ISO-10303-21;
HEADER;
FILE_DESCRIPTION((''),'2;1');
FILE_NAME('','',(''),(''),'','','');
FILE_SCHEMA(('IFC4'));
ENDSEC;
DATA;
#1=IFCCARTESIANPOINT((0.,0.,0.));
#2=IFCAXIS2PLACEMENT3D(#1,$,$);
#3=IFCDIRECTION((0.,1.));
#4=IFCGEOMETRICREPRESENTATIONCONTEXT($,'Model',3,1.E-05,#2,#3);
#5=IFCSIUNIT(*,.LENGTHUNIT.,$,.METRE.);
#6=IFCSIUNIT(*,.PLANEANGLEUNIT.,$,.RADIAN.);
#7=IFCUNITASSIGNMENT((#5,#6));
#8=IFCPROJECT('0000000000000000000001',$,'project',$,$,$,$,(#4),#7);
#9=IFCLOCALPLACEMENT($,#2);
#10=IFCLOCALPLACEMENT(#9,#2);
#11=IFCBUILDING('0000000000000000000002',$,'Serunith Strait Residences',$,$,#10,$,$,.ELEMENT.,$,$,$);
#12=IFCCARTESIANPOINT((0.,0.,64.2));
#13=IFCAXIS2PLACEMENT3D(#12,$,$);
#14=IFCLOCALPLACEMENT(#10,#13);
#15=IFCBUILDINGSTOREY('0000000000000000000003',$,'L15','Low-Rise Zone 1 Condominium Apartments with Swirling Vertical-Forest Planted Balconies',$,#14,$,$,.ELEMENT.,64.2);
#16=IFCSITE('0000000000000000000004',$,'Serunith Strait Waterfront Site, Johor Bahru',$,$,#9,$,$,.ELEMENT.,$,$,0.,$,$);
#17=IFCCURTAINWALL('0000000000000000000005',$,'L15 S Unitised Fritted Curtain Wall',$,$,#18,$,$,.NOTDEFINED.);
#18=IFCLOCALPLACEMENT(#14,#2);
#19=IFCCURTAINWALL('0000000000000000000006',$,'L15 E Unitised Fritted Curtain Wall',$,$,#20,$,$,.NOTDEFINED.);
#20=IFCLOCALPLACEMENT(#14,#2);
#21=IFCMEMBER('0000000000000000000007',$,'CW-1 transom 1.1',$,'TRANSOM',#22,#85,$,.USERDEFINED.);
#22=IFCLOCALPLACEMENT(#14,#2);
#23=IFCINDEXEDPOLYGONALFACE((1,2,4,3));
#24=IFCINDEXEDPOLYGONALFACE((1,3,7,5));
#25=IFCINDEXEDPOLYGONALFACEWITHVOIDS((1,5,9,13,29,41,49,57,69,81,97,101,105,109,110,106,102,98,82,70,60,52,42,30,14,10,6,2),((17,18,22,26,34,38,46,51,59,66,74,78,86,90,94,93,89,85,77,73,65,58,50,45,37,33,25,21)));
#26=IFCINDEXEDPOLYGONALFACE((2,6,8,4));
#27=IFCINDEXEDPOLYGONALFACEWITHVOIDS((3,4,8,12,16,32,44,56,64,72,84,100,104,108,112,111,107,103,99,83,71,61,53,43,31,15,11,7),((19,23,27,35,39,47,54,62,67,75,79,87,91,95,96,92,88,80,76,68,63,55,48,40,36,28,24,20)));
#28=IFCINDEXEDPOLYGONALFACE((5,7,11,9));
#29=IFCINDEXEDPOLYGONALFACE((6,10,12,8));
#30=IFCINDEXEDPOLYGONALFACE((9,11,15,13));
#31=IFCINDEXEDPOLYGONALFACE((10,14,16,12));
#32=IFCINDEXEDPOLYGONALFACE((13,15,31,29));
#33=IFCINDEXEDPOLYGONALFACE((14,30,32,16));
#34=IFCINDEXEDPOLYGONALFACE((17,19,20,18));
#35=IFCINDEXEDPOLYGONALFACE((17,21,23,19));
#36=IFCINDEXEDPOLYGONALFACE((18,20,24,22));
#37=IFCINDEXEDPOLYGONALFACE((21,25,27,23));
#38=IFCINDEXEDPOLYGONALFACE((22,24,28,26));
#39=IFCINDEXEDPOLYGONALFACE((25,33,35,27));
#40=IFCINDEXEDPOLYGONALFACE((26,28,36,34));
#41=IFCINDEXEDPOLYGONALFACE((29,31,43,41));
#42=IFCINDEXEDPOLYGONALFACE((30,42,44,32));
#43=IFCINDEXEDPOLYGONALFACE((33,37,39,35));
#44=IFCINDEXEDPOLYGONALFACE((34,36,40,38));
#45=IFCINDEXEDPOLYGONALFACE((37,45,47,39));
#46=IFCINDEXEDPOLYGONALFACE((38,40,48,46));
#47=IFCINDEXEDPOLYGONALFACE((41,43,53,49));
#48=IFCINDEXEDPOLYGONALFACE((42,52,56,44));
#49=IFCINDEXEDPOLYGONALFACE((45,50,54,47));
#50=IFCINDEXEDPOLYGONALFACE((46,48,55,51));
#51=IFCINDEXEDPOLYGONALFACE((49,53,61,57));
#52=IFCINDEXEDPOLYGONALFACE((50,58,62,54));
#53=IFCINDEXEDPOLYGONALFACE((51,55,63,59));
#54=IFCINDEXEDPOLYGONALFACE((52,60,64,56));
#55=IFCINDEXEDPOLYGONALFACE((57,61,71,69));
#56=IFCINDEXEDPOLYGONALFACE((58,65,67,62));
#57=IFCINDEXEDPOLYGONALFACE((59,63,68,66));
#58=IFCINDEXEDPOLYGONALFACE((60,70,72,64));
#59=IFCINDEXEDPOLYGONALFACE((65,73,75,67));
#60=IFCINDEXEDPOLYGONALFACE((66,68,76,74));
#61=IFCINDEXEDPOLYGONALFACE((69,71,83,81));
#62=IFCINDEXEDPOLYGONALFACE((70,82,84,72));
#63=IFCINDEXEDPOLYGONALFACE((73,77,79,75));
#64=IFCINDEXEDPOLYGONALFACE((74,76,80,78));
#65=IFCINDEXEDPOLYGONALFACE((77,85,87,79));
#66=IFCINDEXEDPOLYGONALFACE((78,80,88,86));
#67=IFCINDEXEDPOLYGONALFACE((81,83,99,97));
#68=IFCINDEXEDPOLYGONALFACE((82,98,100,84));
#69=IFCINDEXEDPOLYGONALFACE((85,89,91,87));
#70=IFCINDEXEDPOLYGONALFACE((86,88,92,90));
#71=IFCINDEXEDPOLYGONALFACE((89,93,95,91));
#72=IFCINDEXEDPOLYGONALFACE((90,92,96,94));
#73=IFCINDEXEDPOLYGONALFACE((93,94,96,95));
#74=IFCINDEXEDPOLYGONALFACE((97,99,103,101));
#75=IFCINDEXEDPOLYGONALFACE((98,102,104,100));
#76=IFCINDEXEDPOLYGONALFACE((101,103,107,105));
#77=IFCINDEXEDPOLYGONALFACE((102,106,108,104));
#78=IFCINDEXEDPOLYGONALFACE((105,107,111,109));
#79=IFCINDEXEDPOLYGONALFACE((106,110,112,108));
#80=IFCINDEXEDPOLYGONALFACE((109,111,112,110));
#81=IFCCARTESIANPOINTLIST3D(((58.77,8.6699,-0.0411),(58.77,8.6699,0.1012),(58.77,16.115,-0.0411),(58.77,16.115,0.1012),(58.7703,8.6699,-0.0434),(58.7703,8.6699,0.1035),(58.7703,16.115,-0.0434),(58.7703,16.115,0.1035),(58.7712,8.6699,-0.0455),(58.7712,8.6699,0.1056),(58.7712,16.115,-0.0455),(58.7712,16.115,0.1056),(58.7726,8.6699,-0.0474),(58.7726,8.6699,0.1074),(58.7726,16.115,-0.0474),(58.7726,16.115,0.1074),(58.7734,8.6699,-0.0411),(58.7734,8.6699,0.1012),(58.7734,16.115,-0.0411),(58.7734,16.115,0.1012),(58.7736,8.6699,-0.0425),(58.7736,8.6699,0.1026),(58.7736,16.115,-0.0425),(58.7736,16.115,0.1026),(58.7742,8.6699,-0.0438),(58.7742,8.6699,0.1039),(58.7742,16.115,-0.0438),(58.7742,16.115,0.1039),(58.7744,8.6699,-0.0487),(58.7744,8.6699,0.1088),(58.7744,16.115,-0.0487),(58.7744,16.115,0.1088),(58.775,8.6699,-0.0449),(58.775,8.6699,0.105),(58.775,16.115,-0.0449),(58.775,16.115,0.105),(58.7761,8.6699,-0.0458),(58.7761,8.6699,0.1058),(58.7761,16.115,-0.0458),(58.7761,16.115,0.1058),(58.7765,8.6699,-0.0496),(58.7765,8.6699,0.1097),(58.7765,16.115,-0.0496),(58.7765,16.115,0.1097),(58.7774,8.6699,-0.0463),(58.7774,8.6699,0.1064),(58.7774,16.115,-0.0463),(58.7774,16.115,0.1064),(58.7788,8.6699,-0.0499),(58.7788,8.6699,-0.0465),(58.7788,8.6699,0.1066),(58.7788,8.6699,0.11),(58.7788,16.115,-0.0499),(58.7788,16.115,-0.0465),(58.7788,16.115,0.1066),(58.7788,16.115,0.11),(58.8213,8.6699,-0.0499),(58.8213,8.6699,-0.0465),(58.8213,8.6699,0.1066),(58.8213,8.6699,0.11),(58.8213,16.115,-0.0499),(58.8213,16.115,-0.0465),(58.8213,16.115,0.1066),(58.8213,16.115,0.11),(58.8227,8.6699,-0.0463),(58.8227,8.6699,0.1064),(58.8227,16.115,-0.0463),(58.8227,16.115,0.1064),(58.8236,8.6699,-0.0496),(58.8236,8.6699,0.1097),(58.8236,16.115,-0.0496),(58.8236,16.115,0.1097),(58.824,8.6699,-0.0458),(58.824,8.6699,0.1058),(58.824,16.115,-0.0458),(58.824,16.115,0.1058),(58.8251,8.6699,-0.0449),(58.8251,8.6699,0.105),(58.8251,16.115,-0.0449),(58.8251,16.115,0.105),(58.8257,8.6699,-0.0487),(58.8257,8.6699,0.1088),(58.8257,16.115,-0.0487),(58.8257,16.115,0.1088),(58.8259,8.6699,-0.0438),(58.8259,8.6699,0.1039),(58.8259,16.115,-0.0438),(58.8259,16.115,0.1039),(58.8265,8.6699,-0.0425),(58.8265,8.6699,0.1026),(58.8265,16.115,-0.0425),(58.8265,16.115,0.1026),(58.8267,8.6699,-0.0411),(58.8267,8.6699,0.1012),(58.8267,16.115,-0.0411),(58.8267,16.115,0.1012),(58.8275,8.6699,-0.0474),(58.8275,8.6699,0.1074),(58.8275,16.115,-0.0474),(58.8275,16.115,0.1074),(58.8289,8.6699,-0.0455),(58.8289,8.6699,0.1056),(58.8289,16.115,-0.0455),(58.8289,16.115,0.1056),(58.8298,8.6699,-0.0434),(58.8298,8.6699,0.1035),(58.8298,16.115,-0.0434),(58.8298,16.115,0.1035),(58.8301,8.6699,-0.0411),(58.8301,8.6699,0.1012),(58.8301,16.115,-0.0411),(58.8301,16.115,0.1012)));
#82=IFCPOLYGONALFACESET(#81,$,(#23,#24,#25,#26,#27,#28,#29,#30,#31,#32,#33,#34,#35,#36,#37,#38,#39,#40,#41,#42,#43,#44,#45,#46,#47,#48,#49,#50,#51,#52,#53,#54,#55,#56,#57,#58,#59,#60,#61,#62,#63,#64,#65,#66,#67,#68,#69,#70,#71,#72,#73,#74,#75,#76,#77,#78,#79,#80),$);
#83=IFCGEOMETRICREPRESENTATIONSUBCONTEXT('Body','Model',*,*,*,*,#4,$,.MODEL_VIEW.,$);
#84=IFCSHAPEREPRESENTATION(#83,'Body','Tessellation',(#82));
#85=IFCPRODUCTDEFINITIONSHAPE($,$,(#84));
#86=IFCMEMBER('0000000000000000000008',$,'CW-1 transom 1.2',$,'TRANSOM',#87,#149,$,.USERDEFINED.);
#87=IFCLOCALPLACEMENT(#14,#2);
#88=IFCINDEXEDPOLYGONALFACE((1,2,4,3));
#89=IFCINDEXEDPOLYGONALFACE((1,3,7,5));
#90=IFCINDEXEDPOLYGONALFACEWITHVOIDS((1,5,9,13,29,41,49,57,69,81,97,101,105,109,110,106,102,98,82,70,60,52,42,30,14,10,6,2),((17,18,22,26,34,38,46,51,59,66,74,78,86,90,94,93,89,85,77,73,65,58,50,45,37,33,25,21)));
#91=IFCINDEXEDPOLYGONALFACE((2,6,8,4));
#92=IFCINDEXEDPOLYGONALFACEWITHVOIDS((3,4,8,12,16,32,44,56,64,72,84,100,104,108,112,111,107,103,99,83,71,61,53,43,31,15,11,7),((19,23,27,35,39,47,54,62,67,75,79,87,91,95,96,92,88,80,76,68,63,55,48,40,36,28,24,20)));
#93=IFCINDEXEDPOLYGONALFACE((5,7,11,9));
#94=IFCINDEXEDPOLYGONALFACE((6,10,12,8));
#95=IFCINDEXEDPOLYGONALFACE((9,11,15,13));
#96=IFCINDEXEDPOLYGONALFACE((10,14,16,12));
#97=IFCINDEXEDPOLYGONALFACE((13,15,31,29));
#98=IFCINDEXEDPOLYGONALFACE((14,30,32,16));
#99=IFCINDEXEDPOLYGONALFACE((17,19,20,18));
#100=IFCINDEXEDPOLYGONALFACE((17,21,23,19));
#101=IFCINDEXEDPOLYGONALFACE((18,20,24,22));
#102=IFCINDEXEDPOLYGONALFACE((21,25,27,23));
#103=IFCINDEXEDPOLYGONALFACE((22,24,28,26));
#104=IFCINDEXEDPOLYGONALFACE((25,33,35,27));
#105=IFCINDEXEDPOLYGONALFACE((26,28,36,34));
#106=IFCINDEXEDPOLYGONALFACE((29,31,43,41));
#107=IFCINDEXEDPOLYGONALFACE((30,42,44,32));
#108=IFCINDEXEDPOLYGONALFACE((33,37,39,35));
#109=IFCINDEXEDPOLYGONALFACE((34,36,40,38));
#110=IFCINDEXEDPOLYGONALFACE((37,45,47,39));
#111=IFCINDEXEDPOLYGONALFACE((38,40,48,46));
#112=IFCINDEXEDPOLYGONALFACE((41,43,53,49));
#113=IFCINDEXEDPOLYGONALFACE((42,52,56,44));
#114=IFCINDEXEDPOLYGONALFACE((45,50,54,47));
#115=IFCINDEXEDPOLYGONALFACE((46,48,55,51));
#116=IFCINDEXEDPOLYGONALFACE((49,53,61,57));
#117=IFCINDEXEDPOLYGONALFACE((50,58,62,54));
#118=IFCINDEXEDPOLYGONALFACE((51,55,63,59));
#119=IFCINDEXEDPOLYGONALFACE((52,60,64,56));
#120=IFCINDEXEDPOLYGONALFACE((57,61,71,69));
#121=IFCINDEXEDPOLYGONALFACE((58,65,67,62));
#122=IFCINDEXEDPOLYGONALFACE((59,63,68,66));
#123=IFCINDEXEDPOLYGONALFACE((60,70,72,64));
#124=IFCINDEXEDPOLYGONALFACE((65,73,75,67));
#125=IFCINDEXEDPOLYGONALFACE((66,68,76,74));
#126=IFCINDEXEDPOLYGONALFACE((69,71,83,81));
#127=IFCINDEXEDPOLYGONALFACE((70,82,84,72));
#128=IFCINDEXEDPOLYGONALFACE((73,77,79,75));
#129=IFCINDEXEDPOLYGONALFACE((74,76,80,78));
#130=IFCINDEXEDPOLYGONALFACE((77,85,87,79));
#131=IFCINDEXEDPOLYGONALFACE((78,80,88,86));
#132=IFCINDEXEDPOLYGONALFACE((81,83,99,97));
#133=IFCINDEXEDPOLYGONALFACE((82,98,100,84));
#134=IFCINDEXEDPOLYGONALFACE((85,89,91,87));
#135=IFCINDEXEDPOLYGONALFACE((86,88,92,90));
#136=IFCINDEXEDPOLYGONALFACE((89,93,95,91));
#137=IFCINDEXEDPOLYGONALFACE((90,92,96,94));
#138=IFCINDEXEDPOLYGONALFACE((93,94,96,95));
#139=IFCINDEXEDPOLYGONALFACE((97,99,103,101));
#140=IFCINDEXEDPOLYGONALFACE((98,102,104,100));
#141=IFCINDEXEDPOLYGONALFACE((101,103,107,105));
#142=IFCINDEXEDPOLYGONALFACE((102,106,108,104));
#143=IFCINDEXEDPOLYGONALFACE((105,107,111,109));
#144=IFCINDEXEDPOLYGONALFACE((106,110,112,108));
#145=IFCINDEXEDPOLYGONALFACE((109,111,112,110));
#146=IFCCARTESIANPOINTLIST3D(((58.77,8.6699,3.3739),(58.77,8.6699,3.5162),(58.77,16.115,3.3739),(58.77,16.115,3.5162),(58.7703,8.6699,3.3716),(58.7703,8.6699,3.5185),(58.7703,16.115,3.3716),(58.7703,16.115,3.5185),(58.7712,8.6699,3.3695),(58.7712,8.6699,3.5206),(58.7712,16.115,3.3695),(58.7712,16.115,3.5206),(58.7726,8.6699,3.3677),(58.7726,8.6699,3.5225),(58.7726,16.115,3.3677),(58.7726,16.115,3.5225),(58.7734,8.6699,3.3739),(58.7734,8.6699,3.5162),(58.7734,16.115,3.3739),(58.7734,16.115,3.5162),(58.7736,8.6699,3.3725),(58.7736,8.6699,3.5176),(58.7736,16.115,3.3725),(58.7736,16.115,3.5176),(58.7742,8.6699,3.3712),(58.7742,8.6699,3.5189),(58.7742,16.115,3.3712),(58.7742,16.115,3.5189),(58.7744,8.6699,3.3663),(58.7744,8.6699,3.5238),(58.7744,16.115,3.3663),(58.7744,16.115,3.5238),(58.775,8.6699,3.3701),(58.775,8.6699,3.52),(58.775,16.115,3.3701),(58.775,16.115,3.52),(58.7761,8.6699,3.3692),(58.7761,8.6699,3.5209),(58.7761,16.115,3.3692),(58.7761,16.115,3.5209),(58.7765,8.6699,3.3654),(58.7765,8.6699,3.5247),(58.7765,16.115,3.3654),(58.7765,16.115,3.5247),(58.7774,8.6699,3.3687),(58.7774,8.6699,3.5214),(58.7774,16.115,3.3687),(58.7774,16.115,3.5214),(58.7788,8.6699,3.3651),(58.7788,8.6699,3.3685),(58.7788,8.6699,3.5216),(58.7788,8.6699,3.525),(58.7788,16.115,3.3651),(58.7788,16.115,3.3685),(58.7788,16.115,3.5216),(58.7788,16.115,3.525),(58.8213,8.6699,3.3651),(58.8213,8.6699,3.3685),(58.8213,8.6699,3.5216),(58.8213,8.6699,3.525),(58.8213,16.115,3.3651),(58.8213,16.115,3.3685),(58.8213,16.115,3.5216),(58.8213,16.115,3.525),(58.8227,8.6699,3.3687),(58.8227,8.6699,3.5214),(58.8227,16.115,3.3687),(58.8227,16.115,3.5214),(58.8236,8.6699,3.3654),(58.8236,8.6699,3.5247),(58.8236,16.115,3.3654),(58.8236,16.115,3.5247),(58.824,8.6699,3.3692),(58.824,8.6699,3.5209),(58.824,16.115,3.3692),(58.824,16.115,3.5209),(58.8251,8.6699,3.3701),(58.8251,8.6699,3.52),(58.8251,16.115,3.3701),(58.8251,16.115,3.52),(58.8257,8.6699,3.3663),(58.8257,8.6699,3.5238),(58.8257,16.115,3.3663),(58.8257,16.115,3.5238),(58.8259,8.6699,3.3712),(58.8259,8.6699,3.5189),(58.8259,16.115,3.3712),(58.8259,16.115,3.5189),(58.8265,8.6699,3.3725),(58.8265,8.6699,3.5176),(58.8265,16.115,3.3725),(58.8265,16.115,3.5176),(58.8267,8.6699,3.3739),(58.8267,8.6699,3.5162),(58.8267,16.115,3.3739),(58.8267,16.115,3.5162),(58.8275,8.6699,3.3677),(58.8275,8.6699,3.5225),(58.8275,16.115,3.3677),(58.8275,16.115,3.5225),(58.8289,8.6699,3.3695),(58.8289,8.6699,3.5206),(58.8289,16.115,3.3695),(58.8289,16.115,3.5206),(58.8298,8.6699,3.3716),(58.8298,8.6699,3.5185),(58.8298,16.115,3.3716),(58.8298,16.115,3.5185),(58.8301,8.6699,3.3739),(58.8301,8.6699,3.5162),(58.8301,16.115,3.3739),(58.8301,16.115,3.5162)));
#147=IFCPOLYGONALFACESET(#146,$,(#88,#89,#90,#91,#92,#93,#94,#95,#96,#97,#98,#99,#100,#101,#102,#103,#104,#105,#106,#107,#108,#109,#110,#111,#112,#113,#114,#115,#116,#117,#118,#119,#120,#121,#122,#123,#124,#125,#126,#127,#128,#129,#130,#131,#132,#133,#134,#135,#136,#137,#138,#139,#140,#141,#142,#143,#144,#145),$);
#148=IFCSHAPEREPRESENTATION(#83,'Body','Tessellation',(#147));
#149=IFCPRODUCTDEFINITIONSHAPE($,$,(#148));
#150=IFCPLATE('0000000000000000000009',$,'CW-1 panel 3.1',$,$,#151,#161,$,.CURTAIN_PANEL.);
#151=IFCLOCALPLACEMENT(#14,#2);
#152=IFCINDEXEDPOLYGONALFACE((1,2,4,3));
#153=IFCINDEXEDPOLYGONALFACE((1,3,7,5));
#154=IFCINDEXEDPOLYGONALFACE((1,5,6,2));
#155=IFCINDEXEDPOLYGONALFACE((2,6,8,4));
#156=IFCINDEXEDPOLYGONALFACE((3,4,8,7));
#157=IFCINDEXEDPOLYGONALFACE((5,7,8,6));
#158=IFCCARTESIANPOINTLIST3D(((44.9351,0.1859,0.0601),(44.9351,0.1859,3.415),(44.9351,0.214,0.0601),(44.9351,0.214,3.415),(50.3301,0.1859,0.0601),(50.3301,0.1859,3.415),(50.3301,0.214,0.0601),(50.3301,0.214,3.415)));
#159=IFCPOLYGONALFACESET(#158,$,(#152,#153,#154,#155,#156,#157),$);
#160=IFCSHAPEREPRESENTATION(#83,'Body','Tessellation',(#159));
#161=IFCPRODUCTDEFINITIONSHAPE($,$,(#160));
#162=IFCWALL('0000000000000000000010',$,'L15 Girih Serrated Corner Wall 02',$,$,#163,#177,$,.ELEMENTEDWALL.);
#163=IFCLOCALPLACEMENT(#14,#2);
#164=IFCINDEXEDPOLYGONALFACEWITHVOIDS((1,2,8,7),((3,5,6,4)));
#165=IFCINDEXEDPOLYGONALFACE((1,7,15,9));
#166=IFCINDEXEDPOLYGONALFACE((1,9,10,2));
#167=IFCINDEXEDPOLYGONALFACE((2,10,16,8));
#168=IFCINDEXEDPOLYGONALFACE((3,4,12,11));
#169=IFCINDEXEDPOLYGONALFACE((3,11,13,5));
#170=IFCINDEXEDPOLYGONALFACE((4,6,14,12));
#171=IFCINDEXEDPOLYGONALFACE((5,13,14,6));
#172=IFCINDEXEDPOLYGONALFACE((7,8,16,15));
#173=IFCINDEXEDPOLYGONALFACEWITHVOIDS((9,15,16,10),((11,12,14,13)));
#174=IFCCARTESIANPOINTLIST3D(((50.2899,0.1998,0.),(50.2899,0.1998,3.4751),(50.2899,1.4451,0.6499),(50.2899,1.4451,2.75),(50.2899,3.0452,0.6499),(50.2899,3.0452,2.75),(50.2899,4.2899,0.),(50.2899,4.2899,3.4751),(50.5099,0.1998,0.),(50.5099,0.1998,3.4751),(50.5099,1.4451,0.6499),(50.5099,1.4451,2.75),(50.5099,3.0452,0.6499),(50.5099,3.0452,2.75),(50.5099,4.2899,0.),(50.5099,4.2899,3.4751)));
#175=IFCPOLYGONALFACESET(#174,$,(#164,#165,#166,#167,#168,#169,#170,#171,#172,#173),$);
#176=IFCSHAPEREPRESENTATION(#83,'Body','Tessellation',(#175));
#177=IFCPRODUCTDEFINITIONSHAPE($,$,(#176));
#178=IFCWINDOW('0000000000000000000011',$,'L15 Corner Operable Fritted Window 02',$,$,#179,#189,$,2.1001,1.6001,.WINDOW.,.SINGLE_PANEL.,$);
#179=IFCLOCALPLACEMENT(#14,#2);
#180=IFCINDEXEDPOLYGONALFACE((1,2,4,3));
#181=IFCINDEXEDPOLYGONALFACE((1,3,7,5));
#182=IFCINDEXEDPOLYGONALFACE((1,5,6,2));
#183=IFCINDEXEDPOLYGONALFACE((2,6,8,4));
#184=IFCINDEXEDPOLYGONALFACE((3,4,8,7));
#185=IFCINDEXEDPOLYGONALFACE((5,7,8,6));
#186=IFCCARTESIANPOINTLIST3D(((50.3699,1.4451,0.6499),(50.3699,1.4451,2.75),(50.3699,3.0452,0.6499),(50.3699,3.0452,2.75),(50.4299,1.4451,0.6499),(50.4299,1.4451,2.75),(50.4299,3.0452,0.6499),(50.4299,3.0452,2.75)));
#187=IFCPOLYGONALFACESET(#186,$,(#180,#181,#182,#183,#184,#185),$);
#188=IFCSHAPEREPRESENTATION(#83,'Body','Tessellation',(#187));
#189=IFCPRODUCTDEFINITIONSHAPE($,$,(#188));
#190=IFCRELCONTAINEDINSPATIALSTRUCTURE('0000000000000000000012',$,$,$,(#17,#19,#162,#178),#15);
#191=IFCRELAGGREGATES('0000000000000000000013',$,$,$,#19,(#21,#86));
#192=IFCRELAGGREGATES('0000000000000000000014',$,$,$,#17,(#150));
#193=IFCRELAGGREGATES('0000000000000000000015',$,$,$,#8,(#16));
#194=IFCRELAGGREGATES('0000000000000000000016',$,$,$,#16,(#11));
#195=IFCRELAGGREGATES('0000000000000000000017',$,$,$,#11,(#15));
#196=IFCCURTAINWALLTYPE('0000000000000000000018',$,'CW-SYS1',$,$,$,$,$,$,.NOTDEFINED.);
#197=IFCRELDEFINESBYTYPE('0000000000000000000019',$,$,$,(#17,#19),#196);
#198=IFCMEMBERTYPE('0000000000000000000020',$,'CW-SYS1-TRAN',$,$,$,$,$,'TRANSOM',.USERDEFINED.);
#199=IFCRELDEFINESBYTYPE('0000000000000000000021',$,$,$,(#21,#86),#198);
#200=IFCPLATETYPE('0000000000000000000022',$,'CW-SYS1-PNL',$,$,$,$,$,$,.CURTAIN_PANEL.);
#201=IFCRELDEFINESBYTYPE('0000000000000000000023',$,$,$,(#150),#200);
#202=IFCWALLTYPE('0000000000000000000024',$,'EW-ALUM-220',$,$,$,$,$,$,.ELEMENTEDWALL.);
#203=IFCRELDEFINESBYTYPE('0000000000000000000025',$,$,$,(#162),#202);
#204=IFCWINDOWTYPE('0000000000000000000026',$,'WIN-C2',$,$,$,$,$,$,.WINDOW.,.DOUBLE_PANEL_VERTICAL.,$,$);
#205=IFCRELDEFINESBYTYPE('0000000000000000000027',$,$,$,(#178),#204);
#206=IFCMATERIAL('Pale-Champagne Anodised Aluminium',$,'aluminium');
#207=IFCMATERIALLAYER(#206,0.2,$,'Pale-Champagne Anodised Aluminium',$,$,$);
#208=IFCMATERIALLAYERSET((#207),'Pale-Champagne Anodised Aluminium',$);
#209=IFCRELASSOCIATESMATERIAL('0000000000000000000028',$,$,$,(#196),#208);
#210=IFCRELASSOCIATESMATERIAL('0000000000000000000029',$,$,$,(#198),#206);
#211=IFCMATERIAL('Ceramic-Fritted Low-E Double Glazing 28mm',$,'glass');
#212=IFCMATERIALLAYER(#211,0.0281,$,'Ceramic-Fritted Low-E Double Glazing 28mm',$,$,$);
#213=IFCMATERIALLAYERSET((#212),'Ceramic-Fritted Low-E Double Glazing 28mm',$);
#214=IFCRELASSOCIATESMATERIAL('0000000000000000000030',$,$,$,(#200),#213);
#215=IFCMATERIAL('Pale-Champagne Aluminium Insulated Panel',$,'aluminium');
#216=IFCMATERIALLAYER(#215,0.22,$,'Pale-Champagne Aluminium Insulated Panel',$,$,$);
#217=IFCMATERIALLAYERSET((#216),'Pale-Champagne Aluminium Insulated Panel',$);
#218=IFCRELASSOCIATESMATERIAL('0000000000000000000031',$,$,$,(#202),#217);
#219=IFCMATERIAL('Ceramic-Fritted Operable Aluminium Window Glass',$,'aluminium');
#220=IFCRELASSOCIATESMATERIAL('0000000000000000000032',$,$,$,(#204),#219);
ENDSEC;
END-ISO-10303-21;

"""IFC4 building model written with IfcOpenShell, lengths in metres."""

from ifc_helpers import new_model, si_unit, direction, frame, frame_2d, origin, origin_2d, place, context, subcontext, project, spatial, rectangle, hollow_rectangle, extrude, source, transform, mapped, material, layer, layer_set, material_profile, profile_set, type_object, element, fill, aggregate, save


model = new_model("IFC4")

# Units and contexts
model_context = context("Model", 3, precision=1e-05, world=origin(), true_north=direction((0.0, 1.0)))
body_context = subcontext(model_context, "Body", "Model", "MODEL_VIEW")
ifc_project = project(units=[si_unit("LENGTHUNIT", "METRE"), si_unit("PLANEANGLEUNIT", "RADIAN")], contexts=[model_context])

# Site, building, storey
site_placement = place(None, origin())
site = spatial("IfcSite", under=ifc_project, at=site_placement, Name="Serunith Strait Waterfront Site, Johor Bahru", CompositionType="ELEMENT", RefElevation=0.0)
building_placement = place(site_placement, origin())
building = spatial("IfcBuilding", under=site, at=building_placement, Name="Serunith Strait Residences", CompositionType="ELEMENT")
storey_placement = place(building_placement, frame((0.0, 0.0, 64.2)))
storey = spatial("IfcBuildingStorey", under=building, at=storey_placement, Name="L15", Description="Low-Rise Zone 1 Condominium Apartments with Swirling Vertical-Forest Planted Balconies", CompositionType="ELEMENT", Elevation=64.2)

# Curtain wall
ifc_material_1 = material(Name="Pale-Champagne Anodised Aluminium", Category="aluminium")
ifc_layer_1 = layer(ifc_material_1, 0.2, Name="Pale-Champagne Anodised Aluminium")
ifc_layer_set_1 = layer_set([ifc_layer_1], Name="Pale-Champagne Anodised Aluminium")
curtain_wall_type = type_object("IfcCurtainWallType", Name="CW-SYS1", PredefinedType="NOTDEFINED", material=ifc_layer_set_1)
curtain_wall_1_placement = place(storey_placement, origin())
curtain_wall_1 = element("IfcCurtainWall", 1, at=curtain_wall_1_placement, inside=storey, type_object=curtain_wall_type, Name="L15 S Unitised Fritted Curtain Wall", PredefinedType="NOTDEFINED")

# Curtain wall, members
curtain_wall_2_placement = place(storey_placement, origin())
curtain_wall_2 = element("IfcCurtainWall", 2, at=curtain_wall_2_placement, inside=storey, type_object=curtain_wall_type, Name="L15 E Unitised Fritted Curtain Wall", PredefinedType="NOTDEFINED")
ifc_material_profile_1 = material_profile(ifc_material_1, hollow_rectangle(XDim=0.0601, YDim=0.1599, WallThickness=0.0034, InnerFilletRadius=0.0054, OuterFilletRadius=0.0088, at=origin_2d()), Name="ALU 160x60x3.5")
ifc_profile_set_1 = profile_set([ifc_material_profile_1], Name="Pale-Champagne Anodised Aluminium")
member_type_1 = type_object("IfcMemberType", Name="CW-SYS1-TRAN", ElementType="TRANSOM", PredefinedType="USERDEFINED", material=ifc_profile_set_1)
shared_shape_1 = source(origin(), body_context, "Body", "SweptSolid", [
    extrude(hollow_rectangle(XDim=0.0601, YDim=0.1599, WallThickness=0.0034, InnerFilletRadius=0.0054, OuterFilletRadius=0.0088, at=origin_2d()), origin(), (0.0, 0.0, 1.0), 7.4451),
])
member_1_placement = place(storey_placement, frame((58.8, 8.6699, 0.03), z_axis=(0.0, 1.0, 0.0), x_axis=(-1.0, 0.0, 0.0)))
member_1 = element("IfcMember", 3, at=member_1_placement, type_object=member_type_1, Name="CW-1 transom 1.1", ObjectType="TRANSOM", PredefinedType="USERDEFINED", context=body_context, shape_type="MappedRepresentation", body=[
    mapped(shared_shape_1, transform((0.0, 0.0, 0.0), scale=1.0)),
])
member_2_placement = place(storey_placement, frame((58.8, 8.6699, 3.4451), z_axis=(0.0, 1.0, 0.0), x_axis=(-1.0, 0.0, 0.0)))
member_2 = element("IfcMember", 4, at=member_2_placement, type_object=member_type_1, Name="CW-1 transom 1.2", ObjectType="TRANSOM", PredefinedType="USERDEFINED", context=body_context, shape_type="MappedRepresentation", body=[
    mapped(shared_shape_1, transform((0.0, 0.0, 0.0), scale=1.0)),
])
aggregate(curtain_wall_2, [member_1, member_2])

# Plate
ifc_material_2 = material(Name="Ceramic-Fritted Low-E Double Glazing 28mm", Category="glass")
ifc_layer_2 = layer(ifc_material_2, 0.0281, Name="Ceramic-Fritted Low-E Double Glazing 28mm")
ifc_layer_set_2 = layer_set([ifc_layer_2], Name="Ceramic-Fritted Low-E Double Glazing 28mm")
plate_type = type_object("IfcPlateType", Name="CW-SYS1-PNL", PredefinedType="CURTAIN_PANEL", material=ifc_layer_set_2)
shared_shape_2 = source(origin(), body_context, "Body", "SweptSolid", [
    extrude(rectangle(XDim=5.395, YDim=0.0281, at=origin_2d()), origin(), (0.0, 0.0, 1.0), 3.355),
])
plate_placement = place(storey_placement, frame((47.6326, 0.2, 0.0601), z_axis=(0.0, 0.0, 1.0), x_axis=(1.0, 0.0, 0.0)))
plate = element("IfcPlate", 5, at=plate_placement, type_object=plate_type, Name="CW-1 panel 3.1", PredefinedType="CURTAIN_PANEL", context=body_context, shape_type="MappedRepresentation", body=[
    mapped(shared_shape_2, transform((0.0, 0.0, 0.0), scale=1.0)),
])
aggregate(curtain_wall_1, [plate])

# Wall, opening, window
ifc_material_3 = material(Name="Pale-Champagne Aluminium Insulated Panel", Category="aluminium")
ifc_layer_3 = layer(ifc_material_3, 0.22, Name="Pale-Champagne Aluminium Insulated Panel")
ifc_layer_set_3 = layer_set([ifc_layer_3], Name="Pale-Champagne Aluminium Insulated Panel")
wall_type_1 = type_object("IfcWallType", Name="EW-ALUM-220", PredefinedType="ELEMENTEDWALL", material=ifc_layer_set_3)
wall_1_placement = place(storey_placement, frame((50.3999, 0.2, 0.0), z_axis=(0.0, 0.0, 1.0), x_axis=(0.0, 1.0, 0.0)))
wall_1 = element("IfcWall", 6, at=wall_1_placement, inside=storey, type_object=wall_type_1, Name="L15 Girih Serrated Corner Wall 02", PredefinedType="ELEMENTEDWALL", context=body_context, shape_type="SweptSolid", body=[
    extrude(rectangle(XDim=4.0901, YDim=0.22, at=frame_2d((2.0449, 0.0))), origin(), (0.0, 0.0, 1.0), 3.4751),
])
opening_1_placement = place(wall_1_placement, frame((1.2451, 0.0, 0.6499)))
opening_1 = element("IfcOpeningElement", 7, at=opening_1_placement, cuts=wall_1, PredefinedType="OPENING", context=body_context, shape_type="SweptSolid", body=[
    extrude(rectangle(XDim=1.6001, YDim=2.1001, at=frame_2d((0.8, 1.05))), frame((0.0, 0.1201, 0.0), z_axis=(0.0, -1.0, 0.0), x_axis=(1.0, 0.0, 0.0)), (0.0, 0.0, 1.0), 0.24),
])
ifc_material_4 = material(Name="Ceramic-Fritted Operable Aluminium Window Glass", Category="aluminium")
window_type = type_object("IfcWindowType", Name="WIN-C2", PartitioningType="DOUBLE_PANEL_VERTICAL", PredefinedType="WINDOW", material=ifc_material_4)
shared_shape_3 = source(origin(), body_context, "Body", "SweptSolid", [
    extrude(rectangle(XDim=1.6001, YDim=2.1001, at=frame_2d((0.8, 1.05))), frame((0.0, 0.03, 0.0), z_axis=(0.0, -1.0, 0.0), x_axis=(1.0, 0.0, 0.0)), (0.0, 0.0, 1.0), 0.0601),
])
window_1_placement = place(opening_1_placement, origin())
window_1 = element("IfcWindow", 8, at=window_1_placement, inside=storey, type_object=window_type, Name="L15 Corner Operable Fritted Window 02", OverallHeight=2.1001, OverallWidth=1.6001, PartitioningType="SINGLE_PANEL", PredefinedType="WINDOW", context=body_context, shape_type="MappedRepresentation", body=[
    mapped(shared_shape_3, transform((0.0, 0.0, 0.0), scale=1.0)),
])
fill(opening_1, window_1)

save(model, "model.ifc")
